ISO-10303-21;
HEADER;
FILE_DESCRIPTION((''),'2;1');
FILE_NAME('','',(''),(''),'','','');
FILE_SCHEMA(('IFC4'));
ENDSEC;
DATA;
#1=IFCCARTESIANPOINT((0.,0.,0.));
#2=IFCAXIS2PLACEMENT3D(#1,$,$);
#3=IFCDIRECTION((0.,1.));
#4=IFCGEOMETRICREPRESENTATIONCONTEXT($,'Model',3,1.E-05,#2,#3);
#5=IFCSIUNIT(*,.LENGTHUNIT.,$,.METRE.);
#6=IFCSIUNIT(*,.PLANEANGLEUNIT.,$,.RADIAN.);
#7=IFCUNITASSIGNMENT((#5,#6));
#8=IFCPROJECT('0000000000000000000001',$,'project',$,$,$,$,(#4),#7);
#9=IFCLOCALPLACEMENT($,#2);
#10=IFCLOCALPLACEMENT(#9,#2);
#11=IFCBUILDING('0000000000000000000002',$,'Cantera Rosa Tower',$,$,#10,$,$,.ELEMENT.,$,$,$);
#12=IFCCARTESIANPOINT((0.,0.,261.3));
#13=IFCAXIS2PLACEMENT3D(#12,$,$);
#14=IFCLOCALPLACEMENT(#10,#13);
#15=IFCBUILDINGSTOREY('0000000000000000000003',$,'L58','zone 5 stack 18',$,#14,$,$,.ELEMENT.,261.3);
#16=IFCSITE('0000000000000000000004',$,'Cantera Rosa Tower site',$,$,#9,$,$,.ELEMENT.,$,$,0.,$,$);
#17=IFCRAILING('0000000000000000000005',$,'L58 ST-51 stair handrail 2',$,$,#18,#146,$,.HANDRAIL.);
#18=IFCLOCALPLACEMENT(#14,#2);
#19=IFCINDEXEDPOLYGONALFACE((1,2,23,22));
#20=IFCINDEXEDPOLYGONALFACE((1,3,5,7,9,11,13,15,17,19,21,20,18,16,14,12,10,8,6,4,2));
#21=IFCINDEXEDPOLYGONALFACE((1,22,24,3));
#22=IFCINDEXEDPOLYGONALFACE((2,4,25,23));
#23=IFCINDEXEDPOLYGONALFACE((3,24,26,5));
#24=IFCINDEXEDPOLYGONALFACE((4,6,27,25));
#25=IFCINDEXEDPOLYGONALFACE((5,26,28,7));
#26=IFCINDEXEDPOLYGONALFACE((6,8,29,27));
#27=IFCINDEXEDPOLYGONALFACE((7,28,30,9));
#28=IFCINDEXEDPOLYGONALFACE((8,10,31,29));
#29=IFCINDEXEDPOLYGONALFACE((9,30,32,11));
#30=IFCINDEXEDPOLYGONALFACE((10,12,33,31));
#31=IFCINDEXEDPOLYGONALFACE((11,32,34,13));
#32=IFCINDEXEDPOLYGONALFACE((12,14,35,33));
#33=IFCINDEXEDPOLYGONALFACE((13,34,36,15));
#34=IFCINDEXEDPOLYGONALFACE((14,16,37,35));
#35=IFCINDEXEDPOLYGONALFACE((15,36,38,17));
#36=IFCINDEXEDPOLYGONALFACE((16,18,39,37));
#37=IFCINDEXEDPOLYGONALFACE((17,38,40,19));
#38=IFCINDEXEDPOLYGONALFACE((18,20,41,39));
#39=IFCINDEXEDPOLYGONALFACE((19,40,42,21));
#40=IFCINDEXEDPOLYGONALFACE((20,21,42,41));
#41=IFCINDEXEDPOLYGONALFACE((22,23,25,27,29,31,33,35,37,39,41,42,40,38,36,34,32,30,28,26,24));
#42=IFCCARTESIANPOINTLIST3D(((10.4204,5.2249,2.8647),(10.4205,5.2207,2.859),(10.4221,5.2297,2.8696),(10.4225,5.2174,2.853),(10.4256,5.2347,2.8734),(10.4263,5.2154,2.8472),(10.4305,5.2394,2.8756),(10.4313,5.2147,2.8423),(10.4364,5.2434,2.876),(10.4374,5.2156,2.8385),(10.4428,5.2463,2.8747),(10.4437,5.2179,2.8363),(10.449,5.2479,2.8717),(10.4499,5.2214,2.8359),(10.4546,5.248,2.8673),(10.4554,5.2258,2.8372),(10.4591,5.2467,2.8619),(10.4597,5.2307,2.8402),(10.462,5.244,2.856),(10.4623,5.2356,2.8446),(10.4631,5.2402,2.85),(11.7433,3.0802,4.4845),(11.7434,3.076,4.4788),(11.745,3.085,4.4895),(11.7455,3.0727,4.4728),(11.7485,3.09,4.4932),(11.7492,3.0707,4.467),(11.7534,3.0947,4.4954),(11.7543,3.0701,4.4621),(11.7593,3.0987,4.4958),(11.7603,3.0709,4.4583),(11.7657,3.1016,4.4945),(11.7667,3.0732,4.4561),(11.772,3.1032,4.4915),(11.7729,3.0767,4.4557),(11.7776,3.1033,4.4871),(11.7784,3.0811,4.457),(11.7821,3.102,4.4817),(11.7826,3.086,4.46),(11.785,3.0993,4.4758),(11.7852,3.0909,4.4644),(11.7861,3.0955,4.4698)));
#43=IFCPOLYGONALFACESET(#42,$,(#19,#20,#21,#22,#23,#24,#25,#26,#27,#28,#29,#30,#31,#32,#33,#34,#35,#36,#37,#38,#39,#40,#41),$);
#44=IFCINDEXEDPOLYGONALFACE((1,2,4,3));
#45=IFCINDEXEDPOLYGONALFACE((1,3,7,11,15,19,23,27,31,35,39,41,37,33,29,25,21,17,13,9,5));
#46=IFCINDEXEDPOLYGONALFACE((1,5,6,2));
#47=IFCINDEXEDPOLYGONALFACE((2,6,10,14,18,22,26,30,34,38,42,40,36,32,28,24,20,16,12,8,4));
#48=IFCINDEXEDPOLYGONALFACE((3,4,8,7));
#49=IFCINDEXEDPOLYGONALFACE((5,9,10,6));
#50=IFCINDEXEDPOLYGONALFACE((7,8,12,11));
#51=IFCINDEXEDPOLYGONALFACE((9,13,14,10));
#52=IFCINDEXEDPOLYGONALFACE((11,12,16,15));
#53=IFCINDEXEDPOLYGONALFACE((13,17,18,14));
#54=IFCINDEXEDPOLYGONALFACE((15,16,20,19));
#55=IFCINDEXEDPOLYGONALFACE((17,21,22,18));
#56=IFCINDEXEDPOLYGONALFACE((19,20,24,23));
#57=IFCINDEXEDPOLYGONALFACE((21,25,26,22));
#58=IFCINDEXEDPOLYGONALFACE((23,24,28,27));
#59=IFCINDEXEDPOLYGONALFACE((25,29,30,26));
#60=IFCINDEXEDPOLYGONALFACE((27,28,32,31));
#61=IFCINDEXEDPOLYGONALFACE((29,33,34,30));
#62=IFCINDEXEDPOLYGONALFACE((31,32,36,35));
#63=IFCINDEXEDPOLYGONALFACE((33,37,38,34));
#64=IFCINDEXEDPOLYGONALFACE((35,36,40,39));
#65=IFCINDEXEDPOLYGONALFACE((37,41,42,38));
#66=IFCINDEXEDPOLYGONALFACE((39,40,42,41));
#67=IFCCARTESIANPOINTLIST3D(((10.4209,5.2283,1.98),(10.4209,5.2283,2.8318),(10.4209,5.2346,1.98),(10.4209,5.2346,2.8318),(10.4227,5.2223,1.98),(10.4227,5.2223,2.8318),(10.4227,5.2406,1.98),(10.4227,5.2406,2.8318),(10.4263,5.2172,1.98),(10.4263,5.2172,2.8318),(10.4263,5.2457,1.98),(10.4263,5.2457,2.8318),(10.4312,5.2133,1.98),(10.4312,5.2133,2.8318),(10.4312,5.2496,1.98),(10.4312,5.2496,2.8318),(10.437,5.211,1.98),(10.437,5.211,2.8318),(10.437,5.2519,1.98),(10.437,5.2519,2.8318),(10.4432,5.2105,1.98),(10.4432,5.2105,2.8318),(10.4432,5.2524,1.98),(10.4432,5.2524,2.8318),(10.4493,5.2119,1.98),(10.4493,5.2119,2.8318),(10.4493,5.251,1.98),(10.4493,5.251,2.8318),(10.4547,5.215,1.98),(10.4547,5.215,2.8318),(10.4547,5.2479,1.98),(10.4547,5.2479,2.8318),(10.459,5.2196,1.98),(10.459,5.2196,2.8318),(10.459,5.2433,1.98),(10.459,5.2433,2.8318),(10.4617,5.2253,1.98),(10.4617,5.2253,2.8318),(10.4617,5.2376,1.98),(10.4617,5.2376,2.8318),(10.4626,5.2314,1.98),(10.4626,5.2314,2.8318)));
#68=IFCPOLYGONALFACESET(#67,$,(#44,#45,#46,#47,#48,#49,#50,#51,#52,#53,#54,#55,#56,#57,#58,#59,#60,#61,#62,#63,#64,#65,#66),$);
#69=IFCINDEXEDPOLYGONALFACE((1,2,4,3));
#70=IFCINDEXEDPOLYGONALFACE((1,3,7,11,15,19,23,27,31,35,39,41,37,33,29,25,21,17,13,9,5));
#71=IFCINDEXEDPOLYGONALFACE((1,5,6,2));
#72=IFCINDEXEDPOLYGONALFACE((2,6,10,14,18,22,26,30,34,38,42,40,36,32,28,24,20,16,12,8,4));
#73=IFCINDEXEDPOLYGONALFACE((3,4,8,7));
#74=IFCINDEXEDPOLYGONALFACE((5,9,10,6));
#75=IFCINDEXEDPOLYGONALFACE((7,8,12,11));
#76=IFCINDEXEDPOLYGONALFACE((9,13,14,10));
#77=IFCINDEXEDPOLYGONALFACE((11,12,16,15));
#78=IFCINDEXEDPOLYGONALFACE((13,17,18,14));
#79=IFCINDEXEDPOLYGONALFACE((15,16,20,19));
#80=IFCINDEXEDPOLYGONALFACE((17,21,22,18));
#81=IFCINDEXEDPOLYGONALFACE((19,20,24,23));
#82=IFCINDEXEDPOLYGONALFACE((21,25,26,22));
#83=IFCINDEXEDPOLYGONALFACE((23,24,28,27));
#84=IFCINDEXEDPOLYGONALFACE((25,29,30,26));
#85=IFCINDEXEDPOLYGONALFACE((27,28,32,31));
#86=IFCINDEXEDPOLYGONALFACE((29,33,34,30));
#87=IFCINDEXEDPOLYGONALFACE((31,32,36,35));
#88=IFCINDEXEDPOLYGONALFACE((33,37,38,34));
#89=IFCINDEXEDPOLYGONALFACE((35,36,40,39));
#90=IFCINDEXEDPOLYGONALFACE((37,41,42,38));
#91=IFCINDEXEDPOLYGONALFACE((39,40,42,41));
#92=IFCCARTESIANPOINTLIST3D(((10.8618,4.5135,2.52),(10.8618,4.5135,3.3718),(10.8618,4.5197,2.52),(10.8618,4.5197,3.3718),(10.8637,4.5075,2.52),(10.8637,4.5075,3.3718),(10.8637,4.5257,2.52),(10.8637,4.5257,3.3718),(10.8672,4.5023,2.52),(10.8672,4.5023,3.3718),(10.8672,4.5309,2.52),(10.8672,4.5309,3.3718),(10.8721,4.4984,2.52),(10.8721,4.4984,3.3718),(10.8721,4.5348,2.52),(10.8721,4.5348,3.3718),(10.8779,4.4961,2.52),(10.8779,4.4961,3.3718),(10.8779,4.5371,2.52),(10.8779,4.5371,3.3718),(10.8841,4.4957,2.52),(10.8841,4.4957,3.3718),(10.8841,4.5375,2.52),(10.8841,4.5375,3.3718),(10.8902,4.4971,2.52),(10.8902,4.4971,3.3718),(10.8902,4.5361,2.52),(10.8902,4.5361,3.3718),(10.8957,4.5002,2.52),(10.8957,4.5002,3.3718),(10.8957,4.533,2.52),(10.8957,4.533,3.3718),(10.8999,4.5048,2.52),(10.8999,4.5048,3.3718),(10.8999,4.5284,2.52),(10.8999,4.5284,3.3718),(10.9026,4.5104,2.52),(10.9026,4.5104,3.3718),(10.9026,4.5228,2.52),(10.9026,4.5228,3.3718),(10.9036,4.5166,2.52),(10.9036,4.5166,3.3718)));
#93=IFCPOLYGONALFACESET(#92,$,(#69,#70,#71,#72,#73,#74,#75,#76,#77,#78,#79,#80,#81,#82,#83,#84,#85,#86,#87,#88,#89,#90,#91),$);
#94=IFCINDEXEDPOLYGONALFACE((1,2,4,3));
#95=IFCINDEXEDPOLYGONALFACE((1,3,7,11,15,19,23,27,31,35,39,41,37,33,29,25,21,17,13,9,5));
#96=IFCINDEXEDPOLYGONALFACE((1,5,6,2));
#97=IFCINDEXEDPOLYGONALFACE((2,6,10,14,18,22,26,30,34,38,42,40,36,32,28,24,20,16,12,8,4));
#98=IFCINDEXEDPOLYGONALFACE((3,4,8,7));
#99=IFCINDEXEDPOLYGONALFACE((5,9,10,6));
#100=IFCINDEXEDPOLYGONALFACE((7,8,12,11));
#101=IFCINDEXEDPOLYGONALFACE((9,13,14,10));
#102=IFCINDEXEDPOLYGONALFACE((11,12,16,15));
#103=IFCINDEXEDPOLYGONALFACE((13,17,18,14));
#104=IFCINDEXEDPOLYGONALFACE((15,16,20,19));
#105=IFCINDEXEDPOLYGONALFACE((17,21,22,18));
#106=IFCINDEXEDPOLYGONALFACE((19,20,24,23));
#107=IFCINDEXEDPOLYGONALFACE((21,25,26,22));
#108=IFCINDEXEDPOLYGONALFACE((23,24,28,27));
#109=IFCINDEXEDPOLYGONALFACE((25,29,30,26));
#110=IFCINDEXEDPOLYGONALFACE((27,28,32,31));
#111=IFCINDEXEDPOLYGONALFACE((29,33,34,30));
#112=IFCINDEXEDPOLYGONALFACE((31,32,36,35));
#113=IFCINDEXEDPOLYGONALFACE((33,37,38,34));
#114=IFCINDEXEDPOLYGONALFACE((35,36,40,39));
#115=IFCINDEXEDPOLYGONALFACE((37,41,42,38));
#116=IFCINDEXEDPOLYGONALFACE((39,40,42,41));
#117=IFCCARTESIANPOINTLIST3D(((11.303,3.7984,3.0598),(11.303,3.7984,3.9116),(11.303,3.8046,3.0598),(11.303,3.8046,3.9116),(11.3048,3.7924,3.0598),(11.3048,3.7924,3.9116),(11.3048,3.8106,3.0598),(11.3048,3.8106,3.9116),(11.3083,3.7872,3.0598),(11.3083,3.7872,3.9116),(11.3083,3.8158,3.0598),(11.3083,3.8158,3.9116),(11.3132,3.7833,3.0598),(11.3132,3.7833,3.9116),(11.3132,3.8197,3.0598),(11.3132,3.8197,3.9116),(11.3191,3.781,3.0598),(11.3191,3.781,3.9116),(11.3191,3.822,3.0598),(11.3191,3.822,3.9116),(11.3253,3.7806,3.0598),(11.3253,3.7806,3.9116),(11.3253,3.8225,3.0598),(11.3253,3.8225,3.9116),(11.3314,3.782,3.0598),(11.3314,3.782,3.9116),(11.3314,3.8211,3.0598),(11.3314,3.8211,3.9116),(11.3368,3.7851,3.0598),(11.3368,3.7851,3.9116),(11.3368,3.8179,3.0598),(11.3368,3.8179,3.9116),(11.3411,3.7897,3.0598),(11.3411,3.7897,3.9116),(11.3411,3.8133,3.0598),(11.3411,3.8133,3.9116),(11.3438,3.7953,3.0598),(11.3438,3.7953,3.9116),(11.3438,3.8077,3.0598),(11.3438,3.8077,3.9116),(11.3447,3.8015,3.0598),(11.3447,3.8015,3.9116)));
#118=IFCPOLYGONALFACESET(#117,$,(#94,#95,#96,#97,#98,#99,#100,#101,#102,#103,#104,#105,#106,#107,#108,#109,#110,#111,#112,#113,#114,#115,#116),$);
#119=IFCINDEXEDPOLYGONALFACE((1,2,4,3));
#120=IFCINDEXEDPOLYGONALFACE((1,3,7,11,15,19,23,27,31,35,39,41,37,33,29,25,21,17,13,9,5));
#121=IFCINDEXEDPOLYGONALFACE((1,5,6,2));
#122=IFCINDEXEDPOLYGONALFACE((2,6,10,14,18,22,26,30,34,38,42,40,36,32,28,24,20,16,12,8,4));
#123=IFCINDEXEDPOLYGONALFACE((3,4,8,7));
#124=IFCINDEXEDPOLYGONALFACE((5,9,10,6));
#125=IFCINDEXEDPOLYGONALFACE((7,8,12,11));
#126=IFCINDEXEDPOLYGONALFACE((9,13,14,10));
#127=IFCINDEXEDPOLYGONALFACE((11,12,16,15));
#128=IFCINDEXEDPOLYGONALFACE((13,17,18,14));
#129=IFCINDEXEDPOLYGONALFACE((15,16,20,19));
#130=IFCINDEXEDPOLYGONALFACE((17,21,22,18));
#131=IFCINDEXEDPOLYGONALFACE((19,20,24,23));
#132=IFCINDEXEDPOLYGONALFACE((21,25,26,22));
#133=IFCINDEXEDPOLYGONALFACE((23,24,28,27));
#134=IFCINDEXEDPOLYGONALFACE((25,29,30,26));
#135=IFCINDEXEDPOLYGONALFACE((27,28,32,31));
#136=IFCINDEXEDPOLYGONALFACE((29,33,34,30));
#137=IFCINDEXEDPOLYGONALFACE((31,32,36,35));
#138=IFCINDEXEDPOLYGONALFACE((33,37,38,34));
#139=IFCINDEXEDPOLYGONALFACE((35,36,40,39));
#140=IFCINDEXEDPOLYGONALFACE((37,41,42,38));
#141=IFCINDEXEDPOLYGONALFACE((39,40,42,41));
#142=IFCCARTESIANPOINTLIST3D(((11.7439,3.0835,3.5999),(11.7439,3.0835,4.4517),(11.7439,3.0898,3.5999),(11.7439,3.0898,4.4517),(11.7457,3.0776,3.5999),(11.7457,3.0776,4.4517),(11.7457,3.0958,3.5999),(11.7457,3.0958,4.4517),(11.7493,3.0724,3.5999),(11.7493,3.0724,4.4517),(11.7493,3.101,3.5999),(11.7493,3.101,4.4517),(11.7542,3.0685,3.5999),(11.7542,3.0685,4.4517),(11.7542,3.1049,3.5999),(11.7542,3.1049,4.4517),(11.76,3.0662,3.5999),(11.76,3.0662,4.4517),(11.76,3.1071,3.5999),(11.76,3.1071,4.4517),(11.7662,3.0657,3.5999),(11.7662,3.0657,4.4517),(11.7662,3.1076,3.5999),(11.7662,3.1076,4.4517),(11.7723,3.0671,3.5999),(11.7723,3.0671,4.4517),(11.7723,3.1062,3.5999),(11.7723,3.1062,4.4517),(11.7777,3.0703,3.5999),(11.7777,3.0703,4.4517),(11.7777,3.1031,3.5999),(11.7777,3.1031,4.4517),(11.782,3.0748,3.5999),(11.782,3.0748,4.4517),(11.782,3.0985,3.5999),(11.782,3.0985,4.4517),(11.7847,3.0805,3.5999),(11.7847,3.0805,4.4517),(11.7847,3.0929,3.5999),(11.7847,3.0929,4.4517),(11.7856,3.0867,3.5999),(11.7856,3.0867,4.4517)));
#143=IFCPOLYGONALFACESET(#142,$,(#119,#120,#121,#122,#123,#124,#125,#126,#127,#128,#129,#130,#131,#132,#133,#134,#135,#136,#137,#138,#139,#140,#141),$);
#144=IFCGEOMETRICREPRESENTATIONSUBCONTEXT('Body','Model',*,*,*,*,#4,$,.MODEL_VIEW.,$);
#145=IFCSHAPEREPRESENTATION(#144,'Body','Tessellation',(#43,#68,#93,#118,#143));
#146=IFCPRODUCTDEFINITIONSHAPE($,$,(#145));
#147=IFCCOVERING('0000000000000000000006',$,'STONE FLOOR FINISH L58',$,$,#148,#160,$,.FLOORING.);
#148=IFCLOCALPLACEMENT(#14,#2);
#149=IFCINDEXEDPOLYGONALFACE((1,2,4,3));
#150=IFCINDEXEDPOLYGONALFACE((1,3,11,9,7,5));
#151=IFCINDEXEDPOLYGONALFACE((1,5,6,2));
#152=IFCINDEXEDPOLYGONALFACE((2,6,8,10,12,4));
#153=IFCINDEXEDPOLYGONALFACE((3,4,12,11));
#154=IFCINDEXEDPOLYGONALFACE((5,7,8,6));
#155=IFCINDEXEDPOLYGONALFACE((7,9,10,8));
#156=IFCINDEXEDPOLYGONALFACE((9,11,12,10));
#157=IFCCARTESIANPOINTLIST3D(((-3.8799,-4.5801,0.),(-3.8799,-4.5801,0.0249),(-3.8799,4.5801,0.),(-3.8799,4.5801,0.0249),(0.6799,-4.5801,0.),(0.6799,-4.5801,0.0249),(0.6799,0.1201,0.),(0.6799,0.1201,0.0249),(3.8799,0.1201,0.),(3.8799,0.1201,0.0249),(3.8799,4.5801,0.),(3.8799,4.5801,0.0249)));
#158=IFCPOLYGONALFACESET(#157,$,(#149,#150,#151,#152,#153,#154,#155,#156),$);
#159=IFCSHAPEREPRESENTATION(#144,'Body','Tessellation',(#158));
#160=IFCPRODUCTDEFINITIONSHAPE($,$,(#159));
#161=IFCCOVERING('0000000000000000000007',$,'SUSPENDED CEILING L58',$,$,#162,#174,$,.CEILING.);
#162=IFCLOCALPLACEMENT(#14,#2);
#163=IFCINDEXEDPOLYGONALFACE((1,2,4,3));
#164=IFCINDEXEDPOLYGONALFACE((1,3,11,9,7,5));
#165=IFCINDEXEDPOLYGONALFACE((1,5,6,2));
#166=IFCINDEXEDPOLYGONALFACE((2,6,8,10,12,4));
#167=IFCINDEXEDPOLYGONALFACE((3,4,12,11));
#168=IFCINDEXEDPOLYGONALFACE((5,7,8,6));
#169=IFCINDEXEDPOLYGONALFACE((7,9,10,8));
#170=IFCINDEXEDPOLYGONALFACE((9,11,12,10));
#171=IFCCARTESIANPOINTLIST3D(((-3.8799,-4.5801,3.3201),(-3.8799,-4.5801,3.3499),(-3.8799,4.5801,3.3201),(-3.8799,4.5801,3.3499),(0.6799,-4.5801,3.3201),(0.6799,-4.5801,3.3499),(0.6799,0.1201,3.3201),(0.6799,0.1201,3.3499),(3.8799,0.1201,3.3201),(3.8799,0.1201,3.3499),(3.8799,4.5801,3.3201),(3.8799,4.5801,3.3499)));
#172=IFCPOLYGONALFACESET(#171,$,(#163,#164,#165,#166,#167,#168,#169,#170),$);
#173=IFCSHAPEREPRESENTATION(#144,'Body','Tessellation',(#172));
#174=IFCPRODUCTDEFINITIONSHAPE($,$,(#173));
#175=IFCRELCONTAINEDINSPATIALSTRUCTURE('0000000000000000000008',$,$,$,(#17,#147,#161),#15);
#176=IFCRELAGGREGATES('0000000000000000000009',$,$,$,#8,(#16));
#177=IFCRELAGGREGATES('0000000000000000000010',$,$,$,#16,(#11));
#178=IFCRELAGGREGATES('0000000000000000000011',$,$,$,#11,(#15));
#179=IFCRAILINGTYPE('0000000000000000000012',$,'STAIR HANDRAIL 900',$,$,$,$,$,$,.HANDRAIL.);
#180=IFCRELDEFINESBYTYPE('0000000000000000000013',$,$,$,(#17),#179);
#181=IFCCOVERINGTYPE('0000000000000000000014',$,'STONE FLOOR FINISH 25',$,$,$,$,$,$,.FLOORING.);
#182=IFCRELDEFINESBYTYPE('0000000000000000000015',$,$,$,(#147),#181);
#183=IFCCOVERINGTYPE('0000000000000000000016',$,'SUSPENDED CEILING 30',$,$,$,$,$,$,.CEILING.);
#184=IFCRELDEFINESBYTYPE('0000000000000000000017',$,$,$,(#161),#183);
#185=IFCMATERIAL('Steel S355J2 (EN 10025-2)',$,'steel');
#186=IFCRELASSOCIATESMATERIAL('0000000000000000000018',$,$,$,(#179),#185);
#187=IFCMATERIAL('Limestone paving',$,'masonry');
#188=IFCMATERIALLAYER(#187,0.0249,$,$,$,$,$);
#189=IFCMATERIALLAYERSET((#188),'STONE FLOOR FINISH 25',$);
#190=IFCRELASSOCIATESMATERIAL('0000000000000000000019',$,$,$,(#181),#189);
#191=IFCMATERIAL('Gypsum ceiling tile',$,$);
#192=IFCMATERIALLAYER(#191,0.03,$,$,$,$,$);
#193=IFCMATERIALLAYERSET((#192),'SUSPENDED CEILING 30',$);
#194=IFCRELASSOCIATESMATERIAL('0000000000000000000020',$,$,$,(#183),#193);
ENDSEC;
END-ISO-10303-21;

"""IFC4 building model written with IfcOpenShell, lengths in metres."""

from ifc_helpers import new_model, si_unit, direction, frame, origin, origin_2d, place, context, subcontext, project, spatial, polyline, circle, outline, extrude, material, layer, layer_set, type_object, element, save


model = new_model("IFC4")

# Units and contexts
model_context = context("Model", 3, precision=1e-05, world=origin(), true_north=direction((0.0, 1.0)))
body_context = subcontext(model_context, "Body", "Model", "MODEL_VIEW")
ifc_project = project(units=[si_unit("LENGTHUNIT", "METRE"), si_unit("PLANEANGLEUNIT", "RADIAN")], contexts=[model_context])

# Site, building, storey
site_placement = place(None, origin())
site = spatial("IfcSite", under=ifc_project, at=site_placement, Name="Cantera Rosa Tower site", CompositionType="ELEMENT", RefElevation=0.0)
building_placement = place(site_placement, origin())
building = spatial("IfcBuilding", under=site, at=building_placement, Name="Cantera Rosa Tower", CompositionType="ELEMENT")
storey_placement = place(building_placement, frame((0.0, 0.0, 261.3)))
storey = spatial("IfcBuildingStorey", under=building, at=storey_placement, Name="L58", Description="zone 5 stack 18", CompositionType="ELEMENT", Elevation=261.3)

# Railing
ifc_material_1 = material(Name="Steel S355J2 (EN 10025-2)", Category="steel")
railing_type_1 = type_object("IfcRailingType", Name="STAIR HANDRAIL 900", PredefinedType="HANDRAIL", material=ifc_material_1)
railing_1_placement = place(storey_placement, frame((10.4417, 5.2314, 1.98)))
element("IfcRailing", 1, at=railing_1_placement, inside=storey, type_object=railing_type_1, Name="L58 ST-51 stair handrail 2", PredefinedType="HANDRAIL", context=body_context, shape_type="SweptSolid", body=[
    extrude(circle(Radius=0.0239, at=origin_2d()), frame((0.0, 0.0, 0.876), z_axis=(0.441629, -0.715945, 0.540728), x_axis=(0.851102, 0.525, 0.0)), (0.0, 0.0, 1.0), 2.9956),
    extrude(circle(Radius=0.021, at=origin_2d()), origin(), (0.0, 0.0, 1.0), 0.8518),
    extrude(circle(Radius=0.021, at=origin_2d()), frame((0.4409, -0.7148, 0.54)), (0.0, 0.0, 1.0), 0.8518),
    extrude(circle(Radius=0.021, at=origin_2d()), frame((0.8821, -1.4299, 1.0798)), (0.0, 0.0, 1.0), 0.8518),
    extrude(circle(Radius=0.021, at=origin_2d()), frame((1.323, -2.1448, 1.6199)), (0.0, 0.0, 1.0), 0.8518),
])

# Coverings
ifc_material_2 = material(Name="Limestone paving", Category="masonry")
ifc_layer_1 = layer(ifc_material_2, 0.0249)
ifc_layer_set_1 = layer_set([ifc_layer_1], Name="STONE FLOOR FINISH 25")
covering_type_1 = type_object("IfcCoveringType", Name="STONE FLOOR FINISH 25", PredefinedType="FLOORING", material=ifc_layer_set_1)
covering_1_placement = place(storey_placement, origin())
element("IfcCovering", 2, at=covering_1_placement, inside=storey, type_object=covering_type_1, Name="STONE FLOOR FINISH L58", PredefinedType="FLOORING", context=body_context, shape_type="SweptSolid", body=[
    extrude(outline(polyline([(3.8799, 4.5801), (3.8799, 0.1201), (0.6799, 0.1201), (0.6799, -4.5801), (-3.8799, -4.5801), (-3.8799, 4.5801), (3.8799, 4.5801)])), origin(), (0.0, 0.0, 1.0), 0.0249),
])
ifc_material_3 = material(Name="Gypsum ceiling tile")
ifc_layer_2 = layer(ifc_material_3, 0.03)
ifc_layer_set_2 = layer_set([ifc_layer_2], Name="SUSPENDED CEILING 30")
covering_type_2 = type_object("IfcCoveringType", Name="SUSPENDED CEILING 30", PredefinedType="CEILING", material=ifc_layer_set_2)
covering_2_placement = place(storey_placement, frame((0.0, 0.0, 3.3201)))
element("IfcCovering", 3, at=covering_2_placement, inside=storey, type_object=covering_type_2, Name="SUSPENDED CEILING L58", PredefinedType="CEILING", context=body_context, shape_type="SweptSolid", body=[
    extrude(outline(polyline([(3.8799, 4.5801), (3.8799, 0.1201), (0.6799, 0.1201), (0.6799, -4.5801), (-3.8799, -4.5801), (-3.8799, 4.5801), (3.8799, 4.5801)])), origin(), (0.0, 0.0, 1.0), 0.0298),
])

save(model, "model.ifc")
